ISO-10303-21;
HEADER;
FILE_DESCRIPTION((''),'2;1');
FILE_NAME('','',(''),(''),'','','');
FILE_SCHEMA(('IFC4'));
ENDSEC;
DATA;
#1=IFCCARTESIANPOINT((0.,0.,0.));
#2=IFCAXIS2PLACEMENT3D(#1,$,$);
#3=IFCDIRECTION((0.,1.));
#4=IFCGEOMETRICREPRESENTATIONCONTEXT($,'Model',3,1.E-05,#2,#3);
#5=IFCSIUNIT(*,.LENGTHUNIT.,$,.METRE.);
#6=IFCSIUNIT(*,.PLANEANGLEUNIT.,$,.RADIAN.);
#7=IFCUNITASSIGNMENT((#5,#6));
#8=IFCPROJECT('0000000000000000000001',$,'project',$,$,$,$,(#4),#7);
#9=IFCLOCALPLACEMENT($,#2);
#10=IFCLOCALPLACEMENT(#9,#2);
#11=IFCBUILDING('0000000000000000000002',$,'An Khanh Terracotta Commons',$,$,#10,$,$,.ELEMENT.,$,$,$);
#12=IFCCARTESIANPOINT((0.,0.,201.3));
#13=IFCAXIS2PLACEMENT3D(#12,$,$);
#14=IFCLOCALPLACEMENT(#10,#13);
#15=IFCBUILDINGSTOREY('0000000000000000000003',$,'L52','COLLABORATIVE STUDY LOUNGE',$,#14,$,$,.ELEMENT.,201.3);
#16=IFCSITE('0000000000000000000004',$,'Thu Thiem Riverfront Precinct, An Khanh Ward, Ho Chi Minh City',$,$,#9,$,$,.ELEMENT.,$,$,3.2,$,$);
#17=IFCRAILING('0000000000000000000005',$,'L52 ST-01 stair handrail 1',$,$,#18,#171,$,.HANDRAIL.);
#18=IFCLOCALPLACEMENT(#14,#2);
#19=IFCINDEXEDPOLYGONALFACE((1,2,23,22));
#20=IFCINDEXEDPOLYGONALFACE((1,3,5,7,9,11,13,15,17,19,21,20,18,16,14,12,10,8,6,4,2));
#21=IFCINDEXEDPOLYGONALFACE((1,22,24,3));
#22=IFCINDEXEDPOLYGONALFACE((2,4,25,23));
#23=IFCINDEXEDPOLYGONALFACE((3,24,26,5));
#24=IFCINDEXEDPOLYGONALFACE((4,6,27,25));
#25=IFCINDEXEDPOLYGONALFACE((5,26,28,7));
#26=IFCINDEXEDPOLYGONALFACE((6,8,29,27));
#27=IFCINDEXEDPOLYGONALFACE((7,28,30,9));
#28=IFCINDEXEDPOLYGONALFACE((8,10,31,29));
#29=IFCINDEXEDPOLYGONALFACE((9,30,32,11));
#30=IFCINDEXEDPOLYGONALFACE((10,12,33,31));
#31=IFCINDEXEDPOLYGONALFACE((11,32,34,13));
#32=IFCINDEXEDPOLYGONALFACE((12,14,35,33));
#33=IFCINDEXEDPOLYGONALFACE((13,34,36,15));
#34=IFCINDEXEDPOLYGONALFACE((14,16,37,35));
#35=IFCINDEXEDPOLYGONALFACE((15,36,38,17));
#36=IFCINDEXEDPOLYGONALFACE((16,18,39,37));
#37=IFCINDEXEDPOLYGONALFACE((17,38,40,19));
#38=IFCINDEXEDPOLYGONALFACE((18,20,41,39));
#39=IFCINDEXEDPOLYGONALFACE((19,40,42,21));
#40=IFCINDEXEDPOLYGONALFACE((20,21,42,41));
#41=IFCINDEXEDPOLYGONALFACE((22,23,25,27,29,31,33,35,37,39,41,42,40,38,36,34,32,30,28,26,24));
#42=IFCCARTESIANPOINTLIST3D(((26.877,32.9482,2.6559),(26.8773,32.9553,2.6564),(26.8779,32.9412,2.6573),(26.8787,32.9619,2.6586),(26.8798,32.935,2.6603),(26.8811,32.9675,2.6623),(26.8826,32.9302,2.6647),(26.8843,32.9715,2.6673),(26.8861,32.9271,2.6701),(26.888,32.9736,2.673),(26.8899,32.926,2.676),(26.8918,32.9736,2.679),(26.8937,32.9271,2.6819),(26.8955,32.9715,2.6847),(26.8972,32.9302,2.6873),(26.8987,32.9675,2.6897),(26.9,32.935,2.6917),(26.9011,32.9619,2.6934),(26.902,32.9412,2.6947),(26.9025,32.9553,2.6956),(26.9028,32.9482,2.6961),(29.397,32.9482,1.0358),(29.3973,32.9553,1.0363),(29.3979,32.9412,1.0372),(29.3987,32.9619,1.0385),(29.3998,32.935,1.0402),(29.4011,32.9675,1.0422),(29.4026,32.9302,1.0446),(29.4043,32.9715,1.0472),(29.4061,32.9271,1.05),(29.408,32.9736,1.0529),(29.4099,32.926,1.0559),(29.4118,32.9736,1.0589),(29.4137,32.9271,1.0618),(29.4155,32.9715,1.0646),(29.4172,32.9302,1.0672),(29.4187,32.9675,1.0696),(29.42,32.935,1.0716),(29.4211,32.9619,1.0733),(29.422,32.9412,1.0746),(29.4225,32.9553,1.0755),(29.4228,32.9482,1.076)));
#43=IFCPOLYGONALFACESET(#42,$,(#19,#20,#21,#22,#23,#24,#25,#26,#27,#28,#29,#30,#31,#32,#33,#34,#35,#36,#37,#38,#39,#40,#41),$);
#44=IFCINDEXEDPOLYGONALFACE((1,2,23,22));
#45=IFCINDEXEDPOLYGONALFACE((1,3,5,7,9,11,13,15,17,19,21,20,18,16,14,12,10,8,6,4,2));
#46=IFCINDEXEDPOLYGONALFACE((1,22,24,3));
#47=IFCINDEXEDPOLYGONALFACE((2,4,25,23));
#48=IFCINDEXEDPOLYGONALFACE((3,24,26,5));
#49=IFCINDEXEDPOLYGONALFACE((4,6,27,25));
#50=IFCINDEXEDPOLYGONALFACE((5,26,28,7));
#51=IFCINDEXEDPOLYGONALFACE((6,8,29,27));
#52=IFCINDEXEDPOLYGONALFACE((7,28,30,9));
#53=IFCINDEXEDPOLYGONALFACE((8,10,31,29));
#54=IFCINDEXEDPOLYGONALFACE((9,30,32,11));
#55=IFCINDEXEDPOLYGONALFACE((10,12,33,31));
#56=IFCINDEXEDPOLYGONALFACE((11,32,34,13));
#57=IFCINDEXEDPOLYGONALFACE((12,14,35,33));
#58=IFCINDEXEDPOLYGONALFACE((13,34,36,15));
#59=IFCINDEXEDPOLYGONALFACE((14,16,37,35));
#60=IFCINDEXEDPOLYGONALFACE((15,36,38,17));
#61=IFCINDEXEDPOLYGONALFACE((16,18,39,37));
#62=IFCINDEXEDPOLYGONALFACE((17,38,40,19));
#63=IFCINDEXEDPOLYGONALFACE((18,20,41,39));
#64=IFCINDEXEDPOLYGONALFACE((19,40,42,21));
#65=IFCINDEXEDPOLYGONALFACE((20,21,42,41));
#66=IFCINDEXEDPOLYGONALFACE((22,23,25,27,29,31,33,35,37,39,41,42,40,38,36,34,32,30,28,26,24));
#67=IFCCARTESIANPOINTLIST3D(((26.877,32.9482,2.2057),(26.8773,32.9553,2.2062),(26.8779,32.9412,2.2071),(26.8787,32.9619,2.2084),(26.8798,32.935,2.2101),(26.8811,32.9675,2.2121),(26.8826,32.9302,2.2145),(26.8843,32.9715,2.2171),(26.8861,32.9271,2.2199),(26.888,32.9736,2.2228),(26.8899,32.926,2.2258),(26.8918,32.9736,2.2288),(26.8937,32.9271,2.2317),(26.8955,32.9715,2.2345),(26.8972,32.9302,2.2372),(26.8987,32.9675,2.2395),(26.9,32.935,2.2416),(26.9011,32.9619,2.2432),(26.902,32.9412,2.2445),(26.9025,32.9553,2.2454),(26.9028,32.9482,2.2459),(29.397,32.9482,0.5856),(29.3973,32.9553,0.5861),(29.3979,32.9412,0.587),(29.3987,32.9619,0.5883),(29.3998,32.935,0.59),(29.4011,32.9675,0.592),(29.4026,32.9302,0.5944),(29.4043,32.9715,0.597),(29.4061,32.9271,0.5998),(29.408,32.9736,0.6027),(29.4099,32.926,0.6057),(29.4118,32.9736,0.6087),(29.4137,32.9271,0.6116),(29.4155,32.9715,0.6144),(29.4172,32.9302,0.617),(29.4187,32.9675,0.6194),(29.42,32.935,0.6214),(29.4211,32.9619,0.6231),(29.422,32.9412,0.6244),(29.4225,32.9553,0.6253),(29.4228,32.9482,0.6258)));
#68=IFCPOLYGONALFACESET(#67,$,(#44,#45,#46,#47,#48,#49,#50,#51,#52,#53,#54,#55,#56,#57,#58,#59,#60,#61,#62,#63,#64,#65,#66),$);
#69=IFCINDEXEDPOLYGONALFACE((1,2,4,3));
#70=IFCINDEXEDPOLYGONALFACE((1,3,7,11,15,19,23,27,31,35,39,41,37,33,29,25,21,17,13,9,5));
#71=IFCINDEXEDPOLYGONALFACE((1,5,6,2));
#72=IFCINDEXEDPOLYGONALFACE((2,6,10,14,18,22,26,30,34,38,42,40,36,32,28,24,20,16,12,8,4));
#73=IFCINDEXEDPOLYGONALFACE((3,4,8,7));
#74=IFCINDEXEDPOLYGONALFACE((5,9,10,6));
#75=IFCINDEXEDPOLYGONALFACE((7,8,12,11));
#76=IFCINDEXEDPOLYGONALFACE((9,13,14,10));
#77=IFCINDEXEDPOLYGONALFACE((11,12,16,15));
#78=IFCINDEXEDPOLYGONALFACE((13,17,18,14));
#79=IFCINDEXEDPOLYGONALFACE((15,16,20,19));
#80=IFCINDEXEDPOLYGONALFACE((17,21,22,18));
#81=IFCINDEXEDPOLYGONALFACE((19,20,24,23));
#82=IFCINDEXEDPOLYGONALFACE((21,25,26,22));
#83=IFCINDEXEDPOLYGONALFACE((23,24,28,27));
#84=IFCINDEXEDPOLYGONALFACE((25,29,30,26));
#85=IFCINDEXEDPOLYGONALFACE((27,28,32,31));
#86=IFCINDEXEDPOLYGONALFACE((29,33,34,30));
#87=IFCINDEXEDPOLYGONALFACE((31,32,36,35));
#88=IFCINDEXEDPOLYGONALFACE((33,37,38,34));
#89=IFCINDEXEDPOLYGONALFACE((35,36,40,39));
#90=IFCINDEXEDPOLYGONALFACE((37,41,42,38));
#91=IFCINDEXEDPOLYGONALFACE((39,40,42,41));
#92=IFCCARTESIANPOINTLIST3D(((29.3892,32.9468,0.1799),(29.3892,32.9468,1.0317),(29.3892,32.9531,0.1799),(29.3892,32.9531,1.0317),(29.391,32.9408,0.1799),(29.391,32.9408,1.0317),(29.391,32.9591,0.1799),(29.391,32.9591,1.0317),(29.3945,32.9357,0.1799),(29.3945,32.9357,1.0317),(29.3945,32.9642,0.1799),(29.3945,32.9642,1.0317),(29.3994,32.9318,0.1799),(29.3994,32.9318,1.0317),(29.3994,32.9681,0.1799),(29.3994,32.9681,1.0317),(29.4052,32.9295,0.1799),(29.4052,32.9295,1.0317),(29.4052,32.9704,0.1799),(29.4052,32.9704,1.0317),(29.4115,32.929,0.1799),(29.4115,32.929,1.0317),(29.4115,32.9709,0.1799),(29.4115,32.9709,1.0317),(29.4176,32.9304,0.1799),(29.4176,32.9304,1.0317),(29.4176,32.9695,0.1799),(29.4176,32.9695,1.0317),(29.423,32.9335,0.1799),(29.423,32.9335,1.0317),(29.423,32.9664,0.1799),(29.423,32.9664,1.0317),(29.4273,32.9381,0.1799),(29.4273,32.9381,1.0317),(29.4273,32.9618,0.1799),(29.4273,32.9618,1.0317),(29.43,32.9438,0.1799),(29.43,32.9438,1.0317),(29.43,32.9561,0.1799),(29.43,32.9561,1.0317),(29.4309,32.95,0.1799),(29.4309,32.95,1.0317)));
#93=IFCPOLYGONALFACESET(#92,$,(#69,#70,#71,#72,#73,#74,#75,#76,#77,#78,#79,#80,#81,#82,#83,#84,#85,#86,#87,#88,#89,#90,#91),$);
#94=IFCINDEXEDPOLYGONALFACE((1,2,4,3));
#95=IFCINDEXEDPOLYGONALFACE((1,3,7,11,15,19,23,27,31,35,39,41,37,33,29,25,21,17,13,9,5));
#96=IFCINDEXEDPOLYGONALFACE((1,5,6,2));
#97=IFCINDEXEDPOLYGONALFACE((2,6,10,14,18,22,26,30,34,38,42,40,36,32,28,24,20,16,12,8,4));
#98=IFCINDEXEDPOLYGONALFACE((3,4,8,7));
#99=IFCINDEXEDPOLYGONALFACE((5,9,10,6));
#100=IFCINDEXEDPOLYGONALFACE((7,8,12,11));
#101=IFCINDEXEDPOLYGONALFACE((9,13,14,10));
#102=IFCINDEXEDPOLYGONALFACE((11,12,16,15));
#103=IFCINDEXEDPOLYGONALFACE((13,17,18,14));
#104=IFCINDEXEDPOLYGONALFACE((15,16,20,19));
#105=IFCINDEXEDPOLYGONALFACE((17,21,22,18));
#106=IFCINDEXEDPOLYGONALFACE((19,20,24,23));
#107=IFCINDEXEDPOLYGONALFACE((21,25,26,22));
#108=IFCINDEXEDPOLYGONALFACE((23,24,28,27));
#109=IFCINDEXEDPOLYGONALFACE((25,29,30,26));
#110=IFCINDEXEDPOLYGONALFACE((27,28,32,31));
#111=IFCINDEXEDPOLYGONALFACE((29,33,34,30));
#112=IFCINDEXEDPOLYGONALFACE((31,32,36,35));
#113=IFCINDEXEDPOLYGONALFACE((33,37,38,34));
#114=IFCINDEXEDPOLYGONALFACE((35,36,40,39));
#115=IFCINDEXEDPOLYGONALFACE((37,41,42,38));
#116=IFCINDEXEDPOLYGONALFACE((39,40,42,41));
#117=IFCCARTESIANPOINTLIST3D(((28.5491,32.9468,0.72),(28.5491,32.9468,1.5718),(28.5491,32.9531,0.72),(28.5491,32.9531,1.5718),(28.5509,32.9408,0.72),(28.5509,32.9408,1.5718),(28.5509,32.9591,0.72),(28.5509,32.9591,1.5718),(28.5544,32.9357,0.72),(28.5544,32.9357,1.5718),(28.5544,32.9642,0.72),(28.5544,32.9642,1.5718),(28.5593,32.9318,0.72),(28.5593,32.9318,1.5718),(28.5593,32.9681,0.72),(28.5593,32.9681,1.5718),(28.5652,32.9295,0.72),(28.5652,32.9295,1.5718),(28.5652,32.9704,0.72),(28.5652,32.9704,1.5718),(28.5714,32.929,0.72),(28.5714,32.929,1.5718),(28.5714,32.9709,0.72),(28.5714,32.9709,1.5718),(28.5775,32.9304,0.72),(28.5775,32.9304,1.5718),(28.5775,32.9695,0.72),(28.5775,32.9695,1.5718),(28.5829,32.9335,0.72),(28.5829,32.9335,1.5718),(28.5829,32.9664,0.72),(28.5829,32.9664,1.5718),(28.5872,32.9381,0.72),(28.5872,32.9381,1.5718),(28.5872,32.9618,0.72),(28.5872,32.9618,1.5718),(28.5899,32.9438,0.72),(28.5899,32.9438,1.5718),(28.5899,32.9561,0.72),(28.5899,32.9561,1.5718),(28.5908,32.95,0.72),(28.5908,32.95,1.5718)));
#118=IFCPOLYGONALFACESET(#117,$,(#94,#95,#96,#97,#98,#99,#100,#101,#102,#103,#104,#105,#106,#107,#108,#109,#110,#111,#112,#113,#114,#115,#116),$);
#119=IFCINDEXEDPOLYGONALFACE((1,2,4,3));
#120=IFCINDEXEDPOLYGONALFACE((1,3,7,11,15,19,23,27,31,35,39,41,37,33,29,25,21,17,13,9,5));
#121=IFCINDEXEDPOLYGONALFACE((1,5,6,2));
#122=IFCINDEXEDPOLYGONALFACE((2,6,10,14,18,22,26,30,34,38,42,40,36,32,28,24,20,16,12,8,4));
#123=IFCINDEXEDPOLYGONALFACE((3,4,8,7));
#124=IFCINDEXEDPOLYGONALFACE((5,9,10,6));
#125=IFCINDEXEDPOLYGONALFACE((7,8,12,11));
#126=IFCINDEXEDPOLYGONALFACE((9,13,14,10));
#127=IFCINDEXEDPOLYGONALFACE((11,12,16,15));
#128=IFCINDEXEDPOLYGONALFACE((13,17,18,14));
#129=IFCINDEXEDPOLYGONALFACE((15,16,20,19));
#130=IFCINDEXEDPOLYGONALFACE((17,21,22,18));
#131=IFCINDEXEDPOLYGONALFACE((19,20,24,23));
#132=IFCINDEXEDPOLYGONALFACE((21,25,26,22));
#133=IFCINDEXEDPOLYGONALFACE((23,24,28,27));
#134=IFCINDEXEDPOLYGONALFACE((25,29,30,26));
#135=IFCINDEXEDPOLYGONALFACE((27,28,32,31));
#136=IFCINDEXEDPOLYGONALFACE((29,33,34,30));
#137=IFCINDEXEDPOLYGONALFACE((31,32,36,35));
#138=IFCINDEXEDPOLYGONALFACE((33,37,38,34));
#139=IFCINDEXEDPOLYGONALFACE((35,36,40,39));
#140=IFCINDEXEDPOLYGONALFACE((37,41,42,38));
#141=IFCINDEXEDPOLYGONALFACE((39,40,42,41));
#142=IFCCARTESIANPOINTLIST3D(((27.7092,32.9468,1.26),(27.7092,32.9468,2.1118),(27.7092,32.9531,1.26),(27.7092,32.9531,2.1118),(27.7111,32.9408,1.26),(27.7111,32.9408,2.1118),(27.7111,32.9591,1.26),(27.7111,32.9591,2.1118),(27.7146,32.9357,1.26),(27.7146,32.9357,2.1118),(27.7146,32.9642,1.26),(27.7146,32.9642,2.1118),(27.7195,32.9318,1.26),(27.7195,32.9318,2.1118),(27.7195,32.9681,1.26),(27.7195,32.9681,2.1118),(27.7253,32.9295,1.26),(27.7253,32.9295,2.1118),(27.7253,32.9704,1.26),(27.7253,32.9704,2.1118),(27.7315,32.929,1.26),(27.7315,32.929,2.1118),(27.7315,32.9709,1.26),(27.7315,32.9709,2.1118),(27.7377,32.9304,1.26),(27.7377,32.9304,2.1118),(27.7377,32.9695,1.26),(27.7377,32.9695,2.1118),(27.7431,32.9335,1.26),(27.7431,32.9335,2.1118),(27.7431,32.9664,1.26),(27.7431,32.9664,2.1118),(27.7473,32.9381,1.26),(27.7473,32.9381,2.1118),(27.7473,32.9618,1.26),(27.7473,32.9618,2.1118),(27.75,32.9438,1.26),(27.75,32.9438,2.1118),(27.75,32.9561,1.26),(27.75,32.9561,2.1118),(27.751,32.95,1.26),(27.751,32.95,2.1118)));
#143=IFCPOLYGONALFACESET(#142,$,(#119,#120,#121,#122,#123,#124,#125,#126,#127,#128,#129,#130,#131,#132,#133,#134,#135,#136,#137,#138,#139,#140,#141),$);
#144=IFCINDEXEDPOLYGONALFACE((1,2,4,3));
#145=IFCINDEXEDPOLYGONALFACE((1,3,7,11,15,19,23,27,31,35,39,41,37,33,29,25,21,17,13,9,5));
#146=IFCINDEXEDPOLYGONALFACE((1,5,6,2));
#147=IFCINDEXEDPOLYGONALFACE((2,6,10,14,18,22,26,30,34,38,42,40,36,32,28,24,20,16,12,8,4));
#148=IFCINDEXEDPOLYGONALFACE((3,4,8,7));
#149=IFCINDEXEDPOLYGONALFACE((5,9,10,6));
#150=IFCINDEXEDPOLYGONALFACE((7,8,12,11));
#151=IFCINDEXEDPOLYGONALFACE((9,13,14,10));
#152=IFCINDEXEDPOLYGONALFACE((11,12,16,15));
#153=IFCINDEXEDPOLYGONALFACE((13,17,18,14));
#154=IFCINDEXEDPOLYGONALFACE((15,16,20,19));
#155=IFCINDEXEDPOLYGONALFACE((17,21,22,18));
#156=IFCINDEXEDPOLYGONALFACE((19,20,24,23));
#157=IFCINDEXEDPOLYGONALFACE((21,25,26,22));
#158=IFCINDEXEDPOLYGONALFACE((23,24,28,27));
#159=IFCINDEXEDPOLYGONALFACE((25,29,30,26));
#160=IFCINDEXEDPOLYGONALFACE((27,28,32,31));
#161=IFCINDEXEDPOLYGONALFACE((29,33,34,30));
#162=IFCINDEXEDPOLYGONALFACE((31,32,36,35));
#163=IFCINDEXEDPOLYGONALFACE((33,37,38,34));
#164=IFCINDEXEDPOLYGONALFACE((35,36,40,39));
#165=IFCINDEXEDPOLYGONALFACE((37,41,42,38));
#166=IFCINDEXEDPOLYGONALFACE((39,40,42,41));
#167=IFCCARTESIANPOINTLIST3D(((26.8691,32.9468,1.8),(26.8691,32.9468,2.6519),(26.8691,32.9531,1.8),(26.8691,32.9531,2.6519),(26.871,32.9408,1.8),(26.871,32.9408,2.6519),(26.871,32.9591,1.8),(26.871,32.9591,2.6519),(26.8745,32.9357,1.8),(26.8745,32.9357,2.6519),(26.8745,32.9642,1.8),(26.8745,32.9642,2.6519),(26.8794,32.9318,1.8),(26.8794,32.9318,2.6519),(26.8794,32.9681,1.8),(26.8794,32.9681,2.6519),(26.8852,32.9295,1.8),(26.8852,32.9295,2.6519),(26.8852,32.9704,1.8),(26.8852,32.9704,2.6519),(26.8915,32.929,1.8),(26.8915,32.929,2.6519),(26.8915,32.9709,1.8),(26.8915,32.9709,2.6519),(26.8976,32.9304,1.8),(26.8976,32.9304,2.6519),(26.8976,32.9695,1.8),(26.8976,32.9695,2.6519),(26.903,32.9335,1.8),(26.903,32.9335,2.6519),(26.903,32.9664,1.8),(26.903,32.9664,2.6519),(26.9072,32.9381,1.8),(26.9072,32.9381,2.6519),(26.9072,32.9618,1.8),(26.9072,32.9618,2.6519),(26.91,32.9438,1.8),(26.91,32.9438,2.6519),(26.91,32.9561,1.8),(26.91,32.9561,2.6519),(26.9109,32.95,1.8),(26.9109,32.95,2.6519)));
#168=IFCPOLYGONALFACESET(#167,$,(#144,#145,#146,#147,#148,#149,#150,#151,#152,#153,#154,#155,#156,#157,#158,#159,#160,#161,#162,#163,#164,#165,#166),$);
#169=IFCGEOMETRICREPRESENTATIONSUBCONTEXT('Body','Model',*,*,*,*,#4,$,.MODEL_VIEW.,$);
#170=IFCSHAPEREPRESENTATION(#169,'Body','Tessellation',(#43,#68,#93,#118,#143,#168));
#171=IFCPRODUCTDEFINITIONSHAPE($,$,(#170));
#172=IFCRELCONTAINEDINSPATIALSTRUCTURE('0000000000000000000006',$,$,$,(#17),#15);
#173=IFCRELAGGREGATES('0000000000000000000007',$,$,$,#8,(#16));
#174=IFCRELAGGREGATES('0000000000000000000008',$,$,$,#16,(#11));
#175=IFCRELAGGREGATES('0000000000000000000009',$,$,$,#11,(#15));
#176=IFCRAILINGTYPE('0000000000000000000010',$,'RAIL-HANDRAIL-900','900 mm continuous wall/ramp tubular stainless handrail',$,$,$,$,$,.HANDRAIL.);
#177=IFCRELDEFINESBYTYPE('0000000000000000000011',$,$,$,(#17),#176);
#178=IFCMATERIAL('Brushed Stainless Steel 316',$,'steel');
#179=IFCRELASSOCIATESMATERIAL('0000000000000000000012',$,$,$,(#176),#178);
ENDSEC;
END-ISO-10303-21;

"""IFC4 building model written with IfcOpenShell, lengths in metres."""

from ifc_helpers import new_model, si_unit, direction, frame, origin, origin_2d, place, context, subcontext, project, spatial, circle, extrude, material, type_object, element, save


model = new_model("IFC4")

# Units and contexts
model_context = context("Model", 3, precision=1e-05, world=origin(), true_north=direction((0.0, 1.0)))
body_context = subcontext(model_context, "Body", "Model", "MODEL_VIEW")
ifc_project = project(units=[si_unit("LENGTHUNIT", "METRE"), si_unit("PLANEANGLEUNIT", "RADIAN")], contexts=[model_context])

# Site, building, storey
site_placement = place(None, origin())
site = spatial("IfcSite", under=ifc_project, at=site_placement, Name="Thu Thiem Riverfront Precinct, An Khanh Ward, Ho Chi Minh City", CompositionType="ELEMENT", RefElevation=3.2)
building_placement = place(site_placement, origin())
building = spatial("IfcBuilding", under=site, at=building_placement, Name="An Khanh Terracotta Commons", CompositionType="ELEMENT")
storey_placement = place(building_placement, frame((0.0, 0.0, 201.3)))
storey = spatial("IfcBuildingStorey", under=building, at=storey_placement, Name="L52", Description="COLLABORATIVE STUDY LOUNGE", CompositionType="ELEMENT", Elevation=201.3)

# Railing
ifc_material_1 = material(Name="Brushed Stainless Steel 316", Category="steel")
railing_type_1 = type_object("IfcRailingType", Name="RAIL-HANDRAIL-900", Description="900 mm continuous wall/ramp tubular stainless handrail", PredefinedType="HANDRAIL", material=ifc_material_1)
railing_1_placement = place(storey_placement, frame((29.4099, 32.95, 0.1799)))
element("IfcRailing", 1, at=railing_1_placement, inside=storey, type_object=railing_type_1, Name="L52 ST-01 stair handrail 1", PredefinedType="HANDRAIL", context=body_context, shape_type="SweptSolid", body=[
    extrude(circle(Radius=0.0239, at=origin_2d()), frame((0.0, 0.0, 0.876), z_axis=(-0.841163, 0.0, 0.540782), x_axis=(0.0, -1.0, 0.0)), (0.0, 0.0, 1.0), 2.9958),
    extrude(circle(Radius=0.0239, at=origin_2d()), frame((0.0, 0.0, 0.4258), z_axis=(-0.841163, 0.0, 0.540782), x_axis=(0.0, -1.0, 0.0)), (0.0, 0.0, 1.0), 2.9958),
    extrude(circle(Radius=0.021, at=origin_2d()), origin(), (0.0, 0.0, 1.0), 0.8518),
    extrude(circle(Radius=0.021, at=origin_2d()), frame((-0.8401, 0.0, 0.54)), (0.0, 0.0, 1.0), 0.8518),
    extrude(circle(Radius=0.021, at=origin_2d()), frame((-1.6799, 0.0, 1.0801)), (0.0, 0.0, 1.0), 0.8518),
    extrude(circle(Radius=0.021, at=origin_2d()), frame((-2.52, 0.0, 1.6201)), (0.0, 0.0, 1.0), 0.8518),
])

save(model, "model.ifc")
